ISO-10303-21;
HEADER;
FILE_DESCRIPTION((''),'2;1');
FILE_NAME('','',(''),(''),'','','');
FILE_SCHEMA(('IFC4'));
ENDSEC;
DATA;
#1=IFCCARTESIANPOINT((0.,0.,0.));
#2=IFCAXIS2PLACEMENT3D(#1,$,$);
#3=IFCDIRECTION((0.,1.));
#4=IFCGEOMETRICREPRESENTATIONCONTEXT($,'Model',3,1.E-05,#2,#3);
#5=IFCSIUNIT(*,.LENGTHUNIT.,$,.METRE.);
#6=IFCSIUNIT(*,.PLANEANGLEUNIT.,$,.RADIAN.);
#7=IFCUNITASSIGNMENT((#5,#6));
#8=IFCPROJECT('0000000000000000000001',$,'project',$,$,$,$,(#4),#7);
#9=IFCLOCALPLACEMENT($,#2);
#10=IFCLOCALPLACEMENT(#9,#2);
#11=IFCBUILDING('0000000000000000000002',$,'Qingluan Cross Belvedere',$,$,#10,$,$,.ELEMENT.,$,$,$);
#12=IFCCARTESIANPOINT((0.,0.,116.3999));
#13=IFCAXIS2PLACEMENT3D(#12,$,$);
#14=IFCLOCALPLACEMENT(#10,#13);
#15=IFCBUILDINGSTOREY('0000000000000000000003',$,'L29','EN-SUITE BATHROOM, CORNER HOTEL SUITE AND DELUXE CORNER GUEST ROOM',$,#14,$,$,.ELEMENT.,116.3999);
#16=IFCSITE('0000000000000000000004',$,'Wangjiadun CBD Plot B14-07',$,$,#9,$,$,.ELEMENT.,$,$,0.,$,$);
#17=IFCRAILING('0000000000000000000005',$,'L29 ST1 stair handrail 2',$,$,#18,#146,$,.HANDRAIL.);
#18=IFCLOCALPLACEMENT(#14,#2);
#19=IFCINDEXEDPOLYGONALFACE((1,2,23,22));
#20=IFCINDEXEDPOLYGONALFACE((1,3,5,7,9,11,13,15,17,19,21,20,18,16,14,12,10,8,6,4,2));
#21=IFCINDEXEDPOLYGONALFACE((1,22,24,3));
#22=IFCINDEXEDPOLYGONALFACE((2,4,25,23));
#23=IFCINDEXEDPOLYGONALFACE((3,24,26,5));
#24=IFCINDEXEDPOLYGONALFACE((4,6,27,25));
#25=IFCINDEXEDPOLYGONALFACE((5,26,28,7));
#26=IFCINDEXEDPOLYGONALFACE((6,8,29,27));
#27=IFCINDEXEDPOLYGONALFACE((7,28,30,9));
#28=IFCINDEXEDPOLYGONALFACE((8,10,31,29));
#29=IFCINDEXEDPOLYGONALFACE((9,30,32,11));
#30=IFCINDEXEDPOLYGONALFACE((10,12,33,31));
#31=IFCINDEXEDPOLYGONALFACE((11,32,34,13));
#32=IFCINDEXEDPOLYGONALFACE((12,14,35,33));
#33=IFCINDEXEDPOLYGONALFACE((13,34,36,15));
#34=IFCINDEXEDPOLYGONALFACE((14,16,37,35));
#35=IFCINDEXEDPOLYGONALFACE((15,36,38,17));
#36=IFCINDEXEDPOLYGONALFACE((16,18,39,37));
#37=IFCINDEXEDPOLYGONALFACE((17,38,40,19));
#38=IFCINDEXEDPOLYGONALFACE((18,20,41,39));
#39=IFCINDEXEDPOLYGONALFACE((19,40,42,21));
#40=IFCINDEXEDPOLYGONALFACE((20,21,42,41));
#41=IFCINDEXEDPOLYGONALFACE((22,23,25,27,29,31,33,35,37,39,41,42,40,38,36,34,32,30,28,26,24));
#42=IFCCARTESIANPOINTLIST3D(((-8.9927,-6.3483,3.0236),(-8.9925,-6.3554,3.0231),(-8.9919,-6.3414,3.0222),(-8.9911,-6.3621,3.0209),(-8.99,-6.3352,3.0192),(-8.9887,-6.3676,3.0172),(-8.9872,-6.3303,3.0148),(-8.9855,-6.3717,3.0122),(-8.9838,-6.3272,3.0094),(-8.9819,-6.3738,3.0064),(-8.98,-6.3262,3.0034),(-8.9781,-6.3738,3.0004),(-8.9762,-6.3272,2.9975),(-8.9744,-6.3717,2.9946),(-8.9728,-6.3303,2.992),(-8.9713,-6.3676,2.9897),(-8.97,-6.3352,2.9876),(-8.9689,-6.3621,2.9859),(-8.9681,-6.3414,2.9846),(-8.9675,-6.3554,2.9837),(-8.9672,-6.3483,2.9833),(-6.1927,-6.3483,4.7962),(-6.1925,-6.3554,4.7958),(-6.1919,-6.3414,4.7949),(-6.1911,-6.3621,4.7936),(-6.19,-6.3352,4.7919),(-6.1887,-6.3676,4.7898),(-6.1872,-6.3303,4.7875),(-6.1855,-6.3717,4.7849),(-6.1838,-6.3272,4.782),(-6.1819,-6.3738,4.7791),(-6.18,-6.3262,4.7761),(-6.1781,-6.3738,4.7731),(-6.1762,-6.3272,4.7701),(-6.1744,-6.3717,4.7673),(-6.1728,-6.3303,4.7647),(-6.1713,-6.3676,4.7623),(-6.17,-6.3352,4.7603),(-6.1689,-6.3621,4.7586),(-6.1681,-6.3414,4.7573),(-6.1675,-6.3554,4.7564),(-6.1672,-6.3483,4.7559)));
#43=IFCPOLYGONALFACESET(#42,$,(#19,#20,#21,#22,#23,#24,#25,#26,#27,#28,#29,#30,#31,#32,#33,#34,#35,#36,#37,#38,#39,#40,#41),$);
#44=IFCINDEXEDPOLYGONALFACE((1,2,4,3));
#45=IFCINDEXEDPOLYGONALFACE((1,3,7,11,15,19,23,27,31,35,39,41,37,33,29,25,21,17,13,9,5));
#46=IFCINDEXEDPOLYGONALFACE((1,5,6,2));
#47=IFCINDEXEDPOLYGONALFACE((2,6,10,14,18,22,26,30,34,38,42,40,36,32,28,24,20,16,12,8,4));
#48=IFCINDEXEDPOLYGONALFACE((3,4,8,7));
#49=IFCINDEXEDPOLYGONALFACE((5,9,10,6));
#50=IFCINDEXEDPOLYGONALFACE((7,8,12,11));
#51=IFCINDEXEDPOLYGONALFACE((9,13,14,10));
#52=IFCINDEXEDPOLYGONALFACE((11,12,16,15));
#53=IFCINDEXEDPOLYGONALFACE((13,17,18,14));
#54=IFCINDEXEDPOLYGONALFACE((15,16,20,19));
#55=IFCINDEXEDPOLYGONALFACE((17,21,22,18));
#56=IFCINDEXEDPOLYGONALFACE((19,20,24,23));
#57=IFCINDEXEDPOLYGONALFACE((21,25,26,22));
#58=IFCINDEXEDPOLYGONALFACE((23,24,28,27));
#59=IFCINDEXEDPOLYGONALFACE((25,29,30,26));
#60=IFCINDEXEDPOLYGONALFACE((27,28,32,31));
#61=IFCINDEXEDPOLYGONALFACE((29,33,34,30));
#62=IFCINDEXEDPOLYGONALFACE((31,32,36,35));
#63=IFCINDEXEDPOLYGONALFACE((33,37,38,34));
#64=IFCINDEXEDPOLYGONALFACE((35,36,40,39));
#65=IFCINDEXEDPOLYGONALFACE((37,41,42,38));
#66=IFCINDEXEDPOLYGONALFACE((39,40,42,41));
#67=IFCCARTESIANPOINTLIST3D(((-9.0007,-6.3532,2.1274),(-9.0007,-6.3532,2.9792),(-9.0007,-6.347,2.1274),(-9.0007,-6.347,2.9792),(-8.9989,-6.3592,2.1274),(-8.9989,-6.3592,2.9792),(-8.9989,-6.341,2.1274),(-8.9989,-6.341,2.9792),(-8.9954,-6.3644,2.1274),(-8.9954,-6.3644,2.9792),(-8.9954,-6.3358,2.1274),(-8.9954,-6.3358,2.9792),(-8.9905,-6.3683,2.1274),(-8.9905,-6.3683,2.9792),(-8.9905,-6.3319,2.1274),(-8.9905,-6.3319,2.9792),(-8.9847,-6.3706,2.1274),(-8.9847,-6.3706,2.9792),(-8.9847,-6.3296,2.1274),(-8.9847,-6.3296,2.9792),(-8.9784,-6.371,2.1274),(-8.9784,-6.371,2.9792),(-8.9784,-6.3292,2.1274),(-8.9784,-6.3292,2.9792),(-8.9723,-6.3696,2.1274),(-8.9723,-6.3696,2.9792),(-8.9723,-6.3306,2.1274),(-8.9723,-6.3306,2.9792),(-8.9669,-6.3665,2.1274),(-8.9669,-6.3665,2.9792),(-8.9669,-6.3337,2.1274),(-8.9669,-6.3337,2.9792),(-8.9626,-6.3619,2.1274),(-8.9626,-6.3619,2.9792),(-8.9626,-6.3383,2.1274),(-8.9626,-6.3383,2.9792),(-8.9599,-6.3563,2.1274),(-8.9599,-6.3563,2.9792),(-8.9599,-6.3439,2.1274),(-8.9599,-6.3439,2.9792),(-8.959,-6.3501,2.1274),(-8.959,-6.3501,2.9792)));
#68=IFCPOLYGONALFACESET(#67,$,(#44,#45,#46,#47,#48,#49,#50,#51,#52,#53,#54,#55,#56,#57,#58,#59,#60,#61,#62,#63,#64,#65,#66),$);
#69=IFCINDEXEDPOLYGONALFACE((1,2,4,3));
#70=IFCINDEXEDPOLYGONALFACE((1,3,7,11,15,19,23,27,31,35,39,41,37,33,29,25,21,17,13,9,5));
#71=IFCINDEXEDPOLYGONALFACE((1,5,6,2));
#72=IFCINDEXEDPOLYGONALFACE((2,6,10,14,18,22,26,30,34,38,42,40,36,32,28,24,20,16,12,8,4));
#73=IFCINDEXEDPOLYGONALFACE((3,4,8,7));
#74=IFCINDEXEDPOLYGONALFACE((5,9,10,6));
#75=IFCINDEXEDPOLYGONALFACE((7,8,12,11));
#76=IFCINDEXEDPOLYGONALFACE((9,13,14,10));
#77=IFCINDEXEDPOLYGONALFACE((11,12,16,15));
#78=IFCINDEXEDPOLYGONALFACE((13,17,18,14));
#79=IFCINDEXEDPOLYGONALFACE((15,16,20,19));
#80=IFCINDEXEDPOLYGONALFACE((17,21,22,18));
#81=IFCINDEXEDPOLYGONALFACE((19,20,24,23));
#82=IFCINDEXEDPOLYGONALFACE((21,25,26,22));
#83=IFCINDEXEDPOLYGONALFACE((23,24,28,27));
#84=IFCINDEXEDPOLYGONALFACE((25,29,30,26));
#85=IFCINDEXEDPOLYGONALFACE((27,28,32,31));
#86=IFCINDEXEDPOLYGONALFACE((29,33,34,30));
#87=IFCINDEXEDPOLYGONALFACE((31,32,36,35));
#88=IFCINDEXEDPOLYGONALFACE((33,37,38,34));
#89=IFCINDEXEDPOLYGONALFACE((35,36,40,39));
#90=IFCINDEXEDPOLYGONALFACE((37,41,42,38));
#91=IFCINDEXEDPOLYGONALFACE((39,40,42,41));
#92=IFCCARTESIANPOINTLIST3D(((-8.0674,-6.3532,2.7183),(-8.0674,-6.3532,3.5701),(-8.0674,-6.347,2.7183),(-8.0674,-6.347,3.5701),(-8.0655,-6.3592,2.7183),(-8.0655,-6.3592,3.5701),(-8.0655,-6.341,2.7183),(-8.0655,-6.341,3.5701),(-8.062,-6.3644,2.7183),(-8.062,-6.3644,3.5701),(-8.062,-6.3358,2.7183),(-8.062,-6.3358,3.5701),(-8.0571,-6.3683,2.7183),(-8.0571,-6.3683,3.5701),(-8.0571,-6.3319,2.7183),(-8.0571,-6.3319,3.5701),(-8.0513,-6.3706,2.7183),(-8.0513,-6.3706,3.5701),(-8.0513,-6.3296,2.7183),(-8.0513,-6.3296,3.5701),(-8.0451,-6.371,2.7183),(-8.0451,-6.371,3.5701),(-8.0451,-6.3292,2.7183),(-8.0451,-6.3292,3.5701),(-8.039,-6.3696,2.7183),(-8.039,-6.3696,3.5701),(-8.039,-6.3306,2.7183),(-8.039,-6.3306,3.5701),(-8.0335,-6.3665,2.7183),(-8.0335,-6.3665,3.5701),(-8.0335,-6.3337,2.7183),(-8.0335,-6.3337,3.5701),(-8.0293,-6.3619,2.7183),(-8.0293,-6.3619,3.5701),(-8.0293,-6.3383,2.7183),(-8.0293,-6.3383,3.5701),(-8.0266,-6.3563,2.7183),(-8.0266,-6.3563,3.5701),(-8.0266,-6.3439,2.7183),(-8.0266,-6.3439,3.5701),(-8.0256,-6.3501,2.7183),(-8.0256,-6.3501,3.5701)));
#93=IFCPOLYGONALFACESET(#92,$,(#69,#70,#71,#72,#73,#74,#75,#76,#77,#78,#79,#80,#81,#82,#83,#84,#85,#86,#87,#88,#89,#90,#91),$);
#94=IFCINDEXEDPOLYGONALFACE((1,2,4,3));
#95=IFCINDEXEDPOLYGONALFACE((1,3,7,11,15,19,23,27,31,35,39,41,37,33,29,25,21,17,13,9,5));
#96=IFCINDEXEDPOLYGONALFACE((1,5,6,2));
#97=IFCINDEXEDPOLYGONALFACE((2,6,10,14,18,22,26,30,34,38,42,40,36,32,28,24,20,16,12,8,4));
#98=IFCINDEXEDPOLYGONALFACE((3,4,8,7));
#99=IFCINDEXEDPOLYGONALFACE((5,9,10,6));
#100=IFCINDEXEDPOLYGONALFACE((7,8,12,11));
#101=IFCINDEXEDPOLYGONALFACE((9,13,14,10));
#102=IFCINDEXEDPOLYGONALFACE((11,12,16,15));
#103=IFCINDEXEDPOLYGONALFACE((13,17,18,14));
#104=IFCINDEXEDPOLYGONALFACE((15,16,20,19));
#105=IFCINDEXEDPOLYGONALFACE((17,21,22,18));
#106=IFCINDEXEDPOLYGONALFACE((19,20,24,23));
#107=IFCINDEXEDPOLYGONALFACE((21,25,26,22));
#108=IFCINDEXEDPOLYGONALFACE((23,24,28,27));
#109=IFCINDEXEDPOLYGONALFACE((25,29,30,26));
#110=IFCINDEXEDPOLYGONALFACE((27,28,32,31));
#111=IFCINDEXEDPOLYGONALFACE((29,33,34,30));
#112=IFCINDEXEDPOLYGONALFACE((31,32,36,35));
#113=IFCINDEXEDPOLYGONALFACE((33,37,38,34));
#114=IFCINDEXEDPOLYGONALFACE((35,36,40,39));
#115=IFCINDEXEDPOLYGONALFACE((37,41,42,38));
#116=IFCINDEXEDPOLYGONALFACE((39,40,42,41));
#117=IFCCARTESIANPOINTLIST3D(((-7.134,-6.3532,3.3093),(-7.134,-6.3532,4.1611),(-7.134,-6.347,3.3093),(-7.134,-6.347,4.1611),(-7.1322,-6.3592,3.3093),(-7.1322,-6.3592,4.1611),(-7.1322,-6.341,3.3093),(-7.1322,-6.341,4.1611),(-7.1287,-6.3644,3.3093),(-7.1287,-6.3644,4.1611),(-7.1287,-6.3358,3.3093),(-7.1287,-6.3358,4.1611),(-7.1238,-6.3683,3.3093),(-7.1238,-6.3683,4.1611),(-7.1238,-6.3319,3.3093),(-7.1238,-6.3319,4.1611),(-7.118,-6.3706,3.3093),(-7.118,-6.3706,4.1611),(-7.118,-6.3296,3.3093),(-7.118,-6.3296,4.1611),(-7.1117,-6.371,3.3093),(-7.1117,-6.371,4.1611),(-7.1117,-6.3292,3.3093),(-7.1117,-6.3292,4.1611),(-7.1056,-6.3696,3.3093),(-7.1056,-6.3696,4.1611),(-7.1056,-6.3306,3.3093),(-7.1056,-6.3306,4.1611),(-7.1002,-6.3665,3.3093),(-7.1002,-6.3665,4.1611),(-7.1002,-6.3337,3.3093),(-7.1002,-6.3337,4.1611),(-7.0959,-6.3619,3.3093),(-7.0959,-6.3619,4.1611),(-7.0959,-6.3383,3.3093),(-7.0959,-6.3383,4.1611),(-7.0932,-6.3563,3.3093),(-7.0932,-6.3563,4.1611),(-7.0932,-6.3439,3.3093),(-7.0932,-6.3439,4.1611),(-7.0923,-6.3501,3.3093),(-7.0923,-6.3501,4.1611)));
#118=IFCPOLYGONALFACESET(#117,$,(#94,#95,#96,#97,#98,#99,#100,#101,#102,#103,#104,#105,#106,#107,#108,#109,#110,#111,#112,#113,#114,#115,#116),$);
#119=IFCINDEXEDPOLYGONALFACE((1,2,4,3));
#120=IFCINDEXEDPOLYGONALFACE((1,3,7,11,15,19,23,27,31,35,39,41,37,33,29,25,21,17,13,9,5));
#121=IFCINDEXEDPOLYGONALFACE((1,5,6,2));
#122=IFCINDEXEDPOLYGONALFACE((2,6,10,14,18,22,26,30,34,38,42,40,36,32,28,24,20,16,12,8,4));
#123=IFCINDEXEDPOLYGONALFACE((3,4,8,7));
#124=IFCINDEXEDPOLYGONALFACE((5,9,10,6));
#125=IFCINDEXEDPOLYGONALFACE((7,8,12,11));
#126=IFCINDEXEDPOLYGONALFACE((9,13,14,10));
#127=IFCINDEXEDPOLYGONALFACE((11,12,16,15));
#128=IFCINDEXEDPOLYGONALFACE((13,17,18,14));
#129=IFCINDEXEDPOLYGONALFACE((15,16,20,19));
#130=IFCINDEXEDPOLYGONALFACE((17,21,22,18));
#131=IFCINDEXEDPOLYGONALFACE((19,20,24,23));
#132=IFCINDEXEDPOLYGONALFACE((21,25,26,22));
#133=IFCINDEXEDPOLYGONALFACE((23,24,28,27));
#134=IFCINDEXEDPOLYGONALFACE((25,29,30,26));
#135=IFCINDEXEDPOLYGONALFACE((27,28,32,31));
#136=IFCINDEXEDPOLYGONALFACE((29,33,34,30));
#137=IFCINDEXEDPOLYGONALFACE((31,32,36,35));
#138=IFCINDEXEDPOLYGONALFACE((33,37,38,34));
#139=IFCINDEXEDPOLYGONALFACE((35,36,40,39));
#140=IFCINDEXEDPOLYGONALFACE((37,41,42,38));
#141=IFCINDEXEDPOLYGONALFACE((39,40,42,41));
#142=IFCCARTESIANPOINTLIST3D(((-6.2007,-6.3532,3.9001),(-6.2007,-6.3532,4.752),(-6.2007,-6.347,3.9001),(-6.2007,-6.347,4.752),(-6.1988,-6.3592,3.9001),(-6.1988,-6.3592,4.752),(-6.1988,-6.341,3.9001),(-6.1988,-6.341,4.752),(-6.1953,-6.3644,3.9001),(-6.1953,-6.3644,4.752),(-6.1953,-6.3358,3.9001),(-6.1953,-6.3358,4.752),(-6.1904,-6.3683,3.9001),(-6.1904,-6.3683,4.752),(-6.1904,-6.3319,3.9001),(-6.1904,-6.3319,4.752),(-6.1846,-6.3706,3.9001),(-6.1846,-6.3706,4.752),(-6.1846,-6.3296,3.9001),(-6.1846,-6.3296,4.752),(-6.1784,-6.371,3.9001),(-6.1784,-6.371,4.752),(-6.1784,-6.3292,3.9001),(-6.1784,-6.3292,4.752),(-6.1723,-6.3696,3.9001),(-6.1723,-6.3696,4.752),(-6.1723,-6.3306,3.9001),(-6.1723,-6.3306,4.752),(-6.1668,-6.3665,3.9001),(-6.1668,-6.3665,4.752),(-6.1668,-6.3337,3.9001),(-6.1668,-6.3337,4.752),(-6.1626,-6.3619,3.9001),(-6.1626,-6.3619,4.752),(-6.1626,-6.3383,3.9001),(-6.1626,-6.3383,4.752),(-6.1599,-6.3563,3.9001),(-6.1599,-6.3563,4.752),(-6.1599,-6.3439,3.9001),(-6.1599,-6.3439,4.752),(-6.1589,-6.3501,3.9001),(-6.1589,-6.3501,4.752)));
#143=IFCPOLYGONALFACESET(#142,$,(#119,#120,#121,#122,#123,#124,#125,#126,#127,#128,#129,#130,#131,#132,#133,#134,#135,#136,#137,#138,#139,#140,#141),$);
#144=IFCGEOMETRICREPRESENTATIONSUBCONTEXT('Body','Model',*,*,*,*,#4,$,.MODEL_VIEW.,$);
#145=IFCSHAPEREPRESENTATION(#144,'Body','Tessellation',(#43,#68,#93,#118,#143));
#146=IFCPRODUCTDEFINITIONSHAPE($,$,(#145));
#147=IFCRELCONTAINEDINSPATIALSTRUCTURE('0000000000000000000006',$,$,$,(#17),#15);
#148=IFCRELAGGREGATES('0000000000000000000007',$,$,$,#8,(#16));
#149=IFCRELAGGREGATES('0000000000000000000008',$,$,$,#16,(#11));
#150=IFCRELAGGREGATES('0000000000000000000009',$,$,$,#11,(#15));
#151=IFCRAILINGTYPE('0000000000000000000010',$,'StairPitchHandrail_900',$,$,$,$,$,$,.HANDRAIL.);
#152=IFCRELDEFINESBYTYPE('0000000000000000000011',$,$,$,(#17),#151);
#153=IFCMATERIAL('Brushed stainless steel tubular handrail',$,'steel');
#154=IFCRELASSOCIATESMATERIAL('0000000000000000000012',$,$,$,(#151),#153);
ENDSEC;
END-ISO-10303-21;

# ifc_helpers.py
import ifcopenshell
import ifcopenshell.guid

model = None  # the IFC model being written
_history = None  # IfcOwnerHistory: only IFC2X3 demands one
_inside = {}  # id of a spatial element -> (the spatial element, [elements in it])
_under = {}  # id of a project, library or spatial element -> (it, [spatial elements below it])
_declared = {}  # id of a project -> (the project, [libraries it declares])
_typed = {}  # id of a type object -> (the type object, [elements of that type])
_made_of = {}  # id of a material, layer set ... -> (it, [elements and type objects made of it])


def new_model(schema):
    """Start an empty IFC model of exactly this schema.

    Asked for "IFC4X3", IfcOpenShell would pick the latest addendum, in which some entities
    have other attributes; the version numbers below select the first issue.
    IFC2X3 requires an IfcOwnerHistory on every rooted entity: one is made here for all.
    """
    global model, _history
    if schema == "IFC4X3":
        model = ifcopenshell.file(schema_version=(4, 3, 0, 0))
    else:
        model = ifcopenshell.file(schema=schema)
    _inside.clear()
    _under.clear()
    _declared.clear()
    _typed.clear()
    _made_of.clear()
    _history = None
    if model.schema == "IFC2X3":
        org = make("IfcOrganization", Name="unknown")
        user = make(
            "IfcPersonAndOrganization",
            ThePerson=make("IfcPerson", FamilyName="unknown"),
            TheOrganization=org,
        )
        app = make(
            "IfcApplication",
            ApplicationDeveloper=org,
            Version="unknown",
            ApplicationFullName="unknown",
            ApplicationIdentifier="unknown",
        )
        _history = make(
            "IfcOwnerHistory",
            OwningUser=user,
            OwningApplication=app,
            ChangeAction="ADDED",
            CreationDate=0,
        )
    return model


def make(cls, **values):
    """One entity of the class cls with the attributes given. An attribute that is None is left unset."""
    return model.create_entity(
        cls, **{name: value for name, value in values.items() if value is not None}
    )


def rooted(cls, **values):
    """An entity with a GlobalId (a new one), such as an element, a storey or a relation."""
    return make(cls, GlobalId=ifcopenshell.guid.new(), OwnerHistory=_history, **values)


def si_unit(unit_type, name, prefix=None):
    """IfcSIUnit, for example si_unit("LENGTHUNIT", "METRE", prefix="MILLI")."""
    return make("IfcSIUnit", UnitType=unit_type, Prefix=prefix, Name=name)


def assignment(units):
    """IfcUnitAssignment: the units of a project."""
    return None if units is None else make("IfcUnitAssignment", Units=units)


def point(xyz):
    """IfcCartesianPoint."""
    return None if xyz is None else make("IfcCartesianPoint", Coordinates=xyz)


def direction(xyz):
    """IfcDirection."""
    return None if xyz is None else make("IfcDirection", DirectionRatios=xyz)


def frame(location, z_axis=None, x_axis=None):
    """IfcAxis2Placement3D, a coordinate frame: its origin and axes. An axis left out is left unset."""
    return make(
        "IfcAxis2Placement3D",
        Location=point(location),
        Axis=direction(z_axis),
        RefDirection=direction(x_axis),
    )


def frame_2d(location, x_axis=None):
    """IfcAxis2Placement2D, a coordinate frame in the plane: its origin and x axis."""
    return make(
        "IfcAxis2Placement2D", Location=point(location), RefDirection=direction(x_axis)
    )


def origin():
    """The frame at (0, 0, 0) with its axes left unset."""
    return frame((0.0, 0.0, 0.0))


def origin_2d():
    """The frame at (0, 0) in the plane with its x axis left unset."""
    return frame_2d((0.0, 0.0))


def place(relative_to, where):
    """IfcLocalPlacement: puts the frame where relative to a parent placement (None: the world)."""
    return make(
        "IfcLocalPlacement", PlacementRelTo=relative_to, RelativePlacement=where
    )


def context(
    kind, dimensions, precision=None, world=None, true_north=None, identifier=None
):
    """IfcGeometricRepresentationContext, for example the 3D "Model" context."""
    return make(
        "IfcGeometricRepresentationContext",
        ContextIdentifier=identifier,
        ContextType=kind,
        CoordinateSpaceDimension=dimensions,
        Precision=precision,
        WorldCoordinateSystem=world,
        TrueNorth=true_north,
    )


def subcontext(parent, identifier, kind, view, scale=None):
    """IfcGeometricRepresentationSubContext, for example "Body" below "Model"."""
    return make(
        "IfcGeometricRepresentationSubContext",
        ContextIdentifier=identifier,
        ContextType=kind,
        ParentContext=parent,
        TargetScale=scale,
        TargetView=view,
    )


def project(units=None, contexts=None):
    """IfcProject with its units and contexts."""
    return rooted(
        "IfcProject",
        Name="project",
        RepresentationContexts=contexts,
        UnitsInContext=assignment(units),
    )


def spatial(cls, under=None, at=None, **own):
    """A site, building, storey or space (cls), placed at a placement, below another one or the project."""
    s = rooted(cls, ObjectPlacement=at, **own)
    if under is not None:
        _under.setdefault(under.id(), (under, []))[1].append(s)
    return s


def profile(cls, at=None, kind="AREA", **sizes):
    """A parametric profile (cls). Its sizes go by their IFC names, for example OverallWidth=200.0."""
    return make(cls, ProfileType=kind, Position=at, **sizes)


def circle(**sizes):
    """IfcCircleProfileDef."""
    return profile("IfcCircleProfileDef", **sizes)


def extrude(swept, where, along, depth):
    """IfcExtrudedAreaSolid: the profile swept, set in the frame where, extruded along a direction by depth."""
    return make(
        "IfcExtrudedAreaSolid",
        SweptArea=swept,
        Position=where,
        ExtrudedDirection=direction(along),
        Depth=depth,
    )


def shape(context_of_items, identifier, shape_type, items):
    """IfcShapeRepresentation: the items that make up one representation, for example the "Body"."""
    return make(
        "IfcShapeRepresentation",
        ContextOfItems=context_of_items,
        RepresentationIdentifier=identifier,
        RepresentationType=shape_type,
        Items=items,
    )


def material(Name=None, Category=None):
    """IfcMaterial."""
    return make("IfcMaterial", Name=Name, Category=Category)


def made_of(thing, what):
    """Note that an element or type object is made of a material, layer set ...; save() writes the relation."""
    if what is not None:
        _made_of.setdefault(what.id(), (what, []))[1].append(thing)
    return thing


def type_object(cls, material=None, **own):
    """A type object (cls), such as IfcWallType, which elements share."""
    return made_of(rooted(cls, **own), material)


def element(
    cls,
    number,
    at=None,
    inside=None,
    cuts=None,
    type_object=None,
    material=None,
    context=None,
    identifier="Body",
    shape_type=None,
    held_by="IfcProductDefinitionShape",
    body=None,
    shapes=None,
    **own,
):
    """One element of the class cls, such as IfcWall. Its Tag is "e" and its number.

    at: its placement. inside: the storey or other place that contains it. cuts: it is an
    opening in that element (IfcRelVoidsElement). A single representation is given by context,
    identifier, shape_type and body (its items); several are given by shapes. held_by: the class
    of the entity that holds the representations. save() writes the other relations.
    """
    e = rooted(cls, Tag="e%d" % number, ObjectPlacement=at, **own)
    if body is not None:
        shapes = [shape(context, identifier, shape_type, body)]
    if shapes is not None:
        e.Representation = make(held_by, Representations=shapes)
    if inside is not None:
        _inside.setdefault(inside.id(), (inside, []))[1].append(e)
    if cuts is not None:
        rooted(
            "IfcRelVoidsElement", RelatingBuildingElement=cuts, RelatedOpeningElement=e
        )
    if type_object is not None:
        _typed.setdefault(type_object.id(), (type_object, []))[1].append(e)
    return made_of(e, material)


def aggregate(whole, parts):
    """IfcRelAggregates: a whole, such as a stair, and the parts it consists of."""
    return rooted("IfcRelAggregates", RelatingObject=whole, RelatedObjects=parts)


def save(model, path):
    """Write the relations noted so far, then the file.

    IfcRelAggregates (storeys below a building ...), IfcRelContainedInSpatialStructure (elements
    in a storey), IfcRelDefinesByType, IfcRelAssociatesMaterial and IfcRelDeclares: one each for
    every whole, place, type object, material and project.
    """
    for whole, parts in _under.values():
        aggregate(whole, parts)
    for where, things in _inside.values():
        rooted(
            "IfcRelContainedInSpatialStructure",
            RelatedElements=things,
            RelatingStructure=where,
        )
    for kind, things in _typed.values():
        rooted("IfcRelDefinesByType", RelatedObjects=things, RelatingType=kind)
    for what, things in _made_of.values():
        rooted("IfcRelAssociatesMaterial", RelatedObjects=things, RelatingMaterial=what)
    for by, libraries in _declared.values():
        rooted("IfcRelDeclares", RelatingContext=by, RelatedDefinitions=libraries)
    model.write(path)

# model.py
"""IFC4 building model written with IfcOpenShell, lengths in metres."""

from ifc_helpers import new_model, si_unit, direction, frame, origin, origin_2d, place, context, subcontext, project, spatial, circle, extrude, material, type_object, element, save


model = new_model("IFC4")

# Units and contexts
model_context = context("Model", 3, precision=1e-05, world=origin(), true_north=direction((0.0, 1.0)))
body_context = subcontext(model_context, "Body", "Model", "MODEL_VIEW")
ifc_project = project(units=[si_unit("LENGTHUNIT", "METRE"), si_unit("PLANEANGLEUNIT", "RADIAN")], contexts=[model_context])

# Site, building, storey
site_placement = place(None, origin())
site = spatial("IfcSite", under=ifc_project, at=site_placement, Name="Wangjiadun CBD Plot B14-07", CompositionType="ELEMENT", RefElevation=0.0)
building_placement = place(site_placement, origin())
building = spatial("IfcBuilding", under=site, at=building_placement, Name="Qingluan Cross Belvedere", CompositionType="ELEMENT")
storey_placement = place(building_placement, frame((0.0, 0.0, 116.3999)))
storey = spatial("IfcBuildingStorey", under=building, at=storey_placement, Name="L29", Description="EN-SUITE BATHROOM, CORNER HOTEL SUITE AND DELUXE CORNER GUEST ROOM", CompositionType="ELEMENT", Elevation=116.3999)

# Railing
ifc_material_1 = material(Name="Brushed stainless steel tubular handrail", Category="steel")
railing_type_1 = type_object("IfcRailingType", Name="StairPitchHandrail_900", PredefinedType="HANDRAIL", material=ifc_material_1)
railing_1_placement = place(storey_placement, frame((-8.98, -6.3501, 2.1274)))
element("IfcRailing", 1, at=railing_1_placement, inside=storey, type_object=railing_type_1, Name="L29 ST1 stair handrail 2", PredefinedType="HANDRAIL", context=body_context, shape_type="SweptSolid", body=[
    extrude(circle(Radius=0.0239, at=origin_2d()), frame((0.0, 0.0, 0.876), z_axis=(0.844909, 0.0, 0.53491), x_axis=(0.0, 1.0, 0.0)), (0.0, 0.0, 1.0), 3.314),
    extrude(circle(Radius=0.021, at=origin_2d()), origin(), (0.0, 0.0, 1.0), 0.8518),
    extrude(circle(Radius=0.021, at=origin_2d()), frame((0.9333, 0.0, 0.5908)), (0.0, 0.0, 1.0), 0.8518),
    extrude(circle(Radius=0.021, at=origin_2d()), frame((1.8667, 0.0, 1.1819)), (0.0, 0.0, 1.0), 0.8518),
    extrude(circle(Radius=0.021, at=origin_2d()), frame((2.8, 0.0, 1.7727)), (0.0, 0.0, 1.0), 0.8518),
])

save(model, "model.ifc")
